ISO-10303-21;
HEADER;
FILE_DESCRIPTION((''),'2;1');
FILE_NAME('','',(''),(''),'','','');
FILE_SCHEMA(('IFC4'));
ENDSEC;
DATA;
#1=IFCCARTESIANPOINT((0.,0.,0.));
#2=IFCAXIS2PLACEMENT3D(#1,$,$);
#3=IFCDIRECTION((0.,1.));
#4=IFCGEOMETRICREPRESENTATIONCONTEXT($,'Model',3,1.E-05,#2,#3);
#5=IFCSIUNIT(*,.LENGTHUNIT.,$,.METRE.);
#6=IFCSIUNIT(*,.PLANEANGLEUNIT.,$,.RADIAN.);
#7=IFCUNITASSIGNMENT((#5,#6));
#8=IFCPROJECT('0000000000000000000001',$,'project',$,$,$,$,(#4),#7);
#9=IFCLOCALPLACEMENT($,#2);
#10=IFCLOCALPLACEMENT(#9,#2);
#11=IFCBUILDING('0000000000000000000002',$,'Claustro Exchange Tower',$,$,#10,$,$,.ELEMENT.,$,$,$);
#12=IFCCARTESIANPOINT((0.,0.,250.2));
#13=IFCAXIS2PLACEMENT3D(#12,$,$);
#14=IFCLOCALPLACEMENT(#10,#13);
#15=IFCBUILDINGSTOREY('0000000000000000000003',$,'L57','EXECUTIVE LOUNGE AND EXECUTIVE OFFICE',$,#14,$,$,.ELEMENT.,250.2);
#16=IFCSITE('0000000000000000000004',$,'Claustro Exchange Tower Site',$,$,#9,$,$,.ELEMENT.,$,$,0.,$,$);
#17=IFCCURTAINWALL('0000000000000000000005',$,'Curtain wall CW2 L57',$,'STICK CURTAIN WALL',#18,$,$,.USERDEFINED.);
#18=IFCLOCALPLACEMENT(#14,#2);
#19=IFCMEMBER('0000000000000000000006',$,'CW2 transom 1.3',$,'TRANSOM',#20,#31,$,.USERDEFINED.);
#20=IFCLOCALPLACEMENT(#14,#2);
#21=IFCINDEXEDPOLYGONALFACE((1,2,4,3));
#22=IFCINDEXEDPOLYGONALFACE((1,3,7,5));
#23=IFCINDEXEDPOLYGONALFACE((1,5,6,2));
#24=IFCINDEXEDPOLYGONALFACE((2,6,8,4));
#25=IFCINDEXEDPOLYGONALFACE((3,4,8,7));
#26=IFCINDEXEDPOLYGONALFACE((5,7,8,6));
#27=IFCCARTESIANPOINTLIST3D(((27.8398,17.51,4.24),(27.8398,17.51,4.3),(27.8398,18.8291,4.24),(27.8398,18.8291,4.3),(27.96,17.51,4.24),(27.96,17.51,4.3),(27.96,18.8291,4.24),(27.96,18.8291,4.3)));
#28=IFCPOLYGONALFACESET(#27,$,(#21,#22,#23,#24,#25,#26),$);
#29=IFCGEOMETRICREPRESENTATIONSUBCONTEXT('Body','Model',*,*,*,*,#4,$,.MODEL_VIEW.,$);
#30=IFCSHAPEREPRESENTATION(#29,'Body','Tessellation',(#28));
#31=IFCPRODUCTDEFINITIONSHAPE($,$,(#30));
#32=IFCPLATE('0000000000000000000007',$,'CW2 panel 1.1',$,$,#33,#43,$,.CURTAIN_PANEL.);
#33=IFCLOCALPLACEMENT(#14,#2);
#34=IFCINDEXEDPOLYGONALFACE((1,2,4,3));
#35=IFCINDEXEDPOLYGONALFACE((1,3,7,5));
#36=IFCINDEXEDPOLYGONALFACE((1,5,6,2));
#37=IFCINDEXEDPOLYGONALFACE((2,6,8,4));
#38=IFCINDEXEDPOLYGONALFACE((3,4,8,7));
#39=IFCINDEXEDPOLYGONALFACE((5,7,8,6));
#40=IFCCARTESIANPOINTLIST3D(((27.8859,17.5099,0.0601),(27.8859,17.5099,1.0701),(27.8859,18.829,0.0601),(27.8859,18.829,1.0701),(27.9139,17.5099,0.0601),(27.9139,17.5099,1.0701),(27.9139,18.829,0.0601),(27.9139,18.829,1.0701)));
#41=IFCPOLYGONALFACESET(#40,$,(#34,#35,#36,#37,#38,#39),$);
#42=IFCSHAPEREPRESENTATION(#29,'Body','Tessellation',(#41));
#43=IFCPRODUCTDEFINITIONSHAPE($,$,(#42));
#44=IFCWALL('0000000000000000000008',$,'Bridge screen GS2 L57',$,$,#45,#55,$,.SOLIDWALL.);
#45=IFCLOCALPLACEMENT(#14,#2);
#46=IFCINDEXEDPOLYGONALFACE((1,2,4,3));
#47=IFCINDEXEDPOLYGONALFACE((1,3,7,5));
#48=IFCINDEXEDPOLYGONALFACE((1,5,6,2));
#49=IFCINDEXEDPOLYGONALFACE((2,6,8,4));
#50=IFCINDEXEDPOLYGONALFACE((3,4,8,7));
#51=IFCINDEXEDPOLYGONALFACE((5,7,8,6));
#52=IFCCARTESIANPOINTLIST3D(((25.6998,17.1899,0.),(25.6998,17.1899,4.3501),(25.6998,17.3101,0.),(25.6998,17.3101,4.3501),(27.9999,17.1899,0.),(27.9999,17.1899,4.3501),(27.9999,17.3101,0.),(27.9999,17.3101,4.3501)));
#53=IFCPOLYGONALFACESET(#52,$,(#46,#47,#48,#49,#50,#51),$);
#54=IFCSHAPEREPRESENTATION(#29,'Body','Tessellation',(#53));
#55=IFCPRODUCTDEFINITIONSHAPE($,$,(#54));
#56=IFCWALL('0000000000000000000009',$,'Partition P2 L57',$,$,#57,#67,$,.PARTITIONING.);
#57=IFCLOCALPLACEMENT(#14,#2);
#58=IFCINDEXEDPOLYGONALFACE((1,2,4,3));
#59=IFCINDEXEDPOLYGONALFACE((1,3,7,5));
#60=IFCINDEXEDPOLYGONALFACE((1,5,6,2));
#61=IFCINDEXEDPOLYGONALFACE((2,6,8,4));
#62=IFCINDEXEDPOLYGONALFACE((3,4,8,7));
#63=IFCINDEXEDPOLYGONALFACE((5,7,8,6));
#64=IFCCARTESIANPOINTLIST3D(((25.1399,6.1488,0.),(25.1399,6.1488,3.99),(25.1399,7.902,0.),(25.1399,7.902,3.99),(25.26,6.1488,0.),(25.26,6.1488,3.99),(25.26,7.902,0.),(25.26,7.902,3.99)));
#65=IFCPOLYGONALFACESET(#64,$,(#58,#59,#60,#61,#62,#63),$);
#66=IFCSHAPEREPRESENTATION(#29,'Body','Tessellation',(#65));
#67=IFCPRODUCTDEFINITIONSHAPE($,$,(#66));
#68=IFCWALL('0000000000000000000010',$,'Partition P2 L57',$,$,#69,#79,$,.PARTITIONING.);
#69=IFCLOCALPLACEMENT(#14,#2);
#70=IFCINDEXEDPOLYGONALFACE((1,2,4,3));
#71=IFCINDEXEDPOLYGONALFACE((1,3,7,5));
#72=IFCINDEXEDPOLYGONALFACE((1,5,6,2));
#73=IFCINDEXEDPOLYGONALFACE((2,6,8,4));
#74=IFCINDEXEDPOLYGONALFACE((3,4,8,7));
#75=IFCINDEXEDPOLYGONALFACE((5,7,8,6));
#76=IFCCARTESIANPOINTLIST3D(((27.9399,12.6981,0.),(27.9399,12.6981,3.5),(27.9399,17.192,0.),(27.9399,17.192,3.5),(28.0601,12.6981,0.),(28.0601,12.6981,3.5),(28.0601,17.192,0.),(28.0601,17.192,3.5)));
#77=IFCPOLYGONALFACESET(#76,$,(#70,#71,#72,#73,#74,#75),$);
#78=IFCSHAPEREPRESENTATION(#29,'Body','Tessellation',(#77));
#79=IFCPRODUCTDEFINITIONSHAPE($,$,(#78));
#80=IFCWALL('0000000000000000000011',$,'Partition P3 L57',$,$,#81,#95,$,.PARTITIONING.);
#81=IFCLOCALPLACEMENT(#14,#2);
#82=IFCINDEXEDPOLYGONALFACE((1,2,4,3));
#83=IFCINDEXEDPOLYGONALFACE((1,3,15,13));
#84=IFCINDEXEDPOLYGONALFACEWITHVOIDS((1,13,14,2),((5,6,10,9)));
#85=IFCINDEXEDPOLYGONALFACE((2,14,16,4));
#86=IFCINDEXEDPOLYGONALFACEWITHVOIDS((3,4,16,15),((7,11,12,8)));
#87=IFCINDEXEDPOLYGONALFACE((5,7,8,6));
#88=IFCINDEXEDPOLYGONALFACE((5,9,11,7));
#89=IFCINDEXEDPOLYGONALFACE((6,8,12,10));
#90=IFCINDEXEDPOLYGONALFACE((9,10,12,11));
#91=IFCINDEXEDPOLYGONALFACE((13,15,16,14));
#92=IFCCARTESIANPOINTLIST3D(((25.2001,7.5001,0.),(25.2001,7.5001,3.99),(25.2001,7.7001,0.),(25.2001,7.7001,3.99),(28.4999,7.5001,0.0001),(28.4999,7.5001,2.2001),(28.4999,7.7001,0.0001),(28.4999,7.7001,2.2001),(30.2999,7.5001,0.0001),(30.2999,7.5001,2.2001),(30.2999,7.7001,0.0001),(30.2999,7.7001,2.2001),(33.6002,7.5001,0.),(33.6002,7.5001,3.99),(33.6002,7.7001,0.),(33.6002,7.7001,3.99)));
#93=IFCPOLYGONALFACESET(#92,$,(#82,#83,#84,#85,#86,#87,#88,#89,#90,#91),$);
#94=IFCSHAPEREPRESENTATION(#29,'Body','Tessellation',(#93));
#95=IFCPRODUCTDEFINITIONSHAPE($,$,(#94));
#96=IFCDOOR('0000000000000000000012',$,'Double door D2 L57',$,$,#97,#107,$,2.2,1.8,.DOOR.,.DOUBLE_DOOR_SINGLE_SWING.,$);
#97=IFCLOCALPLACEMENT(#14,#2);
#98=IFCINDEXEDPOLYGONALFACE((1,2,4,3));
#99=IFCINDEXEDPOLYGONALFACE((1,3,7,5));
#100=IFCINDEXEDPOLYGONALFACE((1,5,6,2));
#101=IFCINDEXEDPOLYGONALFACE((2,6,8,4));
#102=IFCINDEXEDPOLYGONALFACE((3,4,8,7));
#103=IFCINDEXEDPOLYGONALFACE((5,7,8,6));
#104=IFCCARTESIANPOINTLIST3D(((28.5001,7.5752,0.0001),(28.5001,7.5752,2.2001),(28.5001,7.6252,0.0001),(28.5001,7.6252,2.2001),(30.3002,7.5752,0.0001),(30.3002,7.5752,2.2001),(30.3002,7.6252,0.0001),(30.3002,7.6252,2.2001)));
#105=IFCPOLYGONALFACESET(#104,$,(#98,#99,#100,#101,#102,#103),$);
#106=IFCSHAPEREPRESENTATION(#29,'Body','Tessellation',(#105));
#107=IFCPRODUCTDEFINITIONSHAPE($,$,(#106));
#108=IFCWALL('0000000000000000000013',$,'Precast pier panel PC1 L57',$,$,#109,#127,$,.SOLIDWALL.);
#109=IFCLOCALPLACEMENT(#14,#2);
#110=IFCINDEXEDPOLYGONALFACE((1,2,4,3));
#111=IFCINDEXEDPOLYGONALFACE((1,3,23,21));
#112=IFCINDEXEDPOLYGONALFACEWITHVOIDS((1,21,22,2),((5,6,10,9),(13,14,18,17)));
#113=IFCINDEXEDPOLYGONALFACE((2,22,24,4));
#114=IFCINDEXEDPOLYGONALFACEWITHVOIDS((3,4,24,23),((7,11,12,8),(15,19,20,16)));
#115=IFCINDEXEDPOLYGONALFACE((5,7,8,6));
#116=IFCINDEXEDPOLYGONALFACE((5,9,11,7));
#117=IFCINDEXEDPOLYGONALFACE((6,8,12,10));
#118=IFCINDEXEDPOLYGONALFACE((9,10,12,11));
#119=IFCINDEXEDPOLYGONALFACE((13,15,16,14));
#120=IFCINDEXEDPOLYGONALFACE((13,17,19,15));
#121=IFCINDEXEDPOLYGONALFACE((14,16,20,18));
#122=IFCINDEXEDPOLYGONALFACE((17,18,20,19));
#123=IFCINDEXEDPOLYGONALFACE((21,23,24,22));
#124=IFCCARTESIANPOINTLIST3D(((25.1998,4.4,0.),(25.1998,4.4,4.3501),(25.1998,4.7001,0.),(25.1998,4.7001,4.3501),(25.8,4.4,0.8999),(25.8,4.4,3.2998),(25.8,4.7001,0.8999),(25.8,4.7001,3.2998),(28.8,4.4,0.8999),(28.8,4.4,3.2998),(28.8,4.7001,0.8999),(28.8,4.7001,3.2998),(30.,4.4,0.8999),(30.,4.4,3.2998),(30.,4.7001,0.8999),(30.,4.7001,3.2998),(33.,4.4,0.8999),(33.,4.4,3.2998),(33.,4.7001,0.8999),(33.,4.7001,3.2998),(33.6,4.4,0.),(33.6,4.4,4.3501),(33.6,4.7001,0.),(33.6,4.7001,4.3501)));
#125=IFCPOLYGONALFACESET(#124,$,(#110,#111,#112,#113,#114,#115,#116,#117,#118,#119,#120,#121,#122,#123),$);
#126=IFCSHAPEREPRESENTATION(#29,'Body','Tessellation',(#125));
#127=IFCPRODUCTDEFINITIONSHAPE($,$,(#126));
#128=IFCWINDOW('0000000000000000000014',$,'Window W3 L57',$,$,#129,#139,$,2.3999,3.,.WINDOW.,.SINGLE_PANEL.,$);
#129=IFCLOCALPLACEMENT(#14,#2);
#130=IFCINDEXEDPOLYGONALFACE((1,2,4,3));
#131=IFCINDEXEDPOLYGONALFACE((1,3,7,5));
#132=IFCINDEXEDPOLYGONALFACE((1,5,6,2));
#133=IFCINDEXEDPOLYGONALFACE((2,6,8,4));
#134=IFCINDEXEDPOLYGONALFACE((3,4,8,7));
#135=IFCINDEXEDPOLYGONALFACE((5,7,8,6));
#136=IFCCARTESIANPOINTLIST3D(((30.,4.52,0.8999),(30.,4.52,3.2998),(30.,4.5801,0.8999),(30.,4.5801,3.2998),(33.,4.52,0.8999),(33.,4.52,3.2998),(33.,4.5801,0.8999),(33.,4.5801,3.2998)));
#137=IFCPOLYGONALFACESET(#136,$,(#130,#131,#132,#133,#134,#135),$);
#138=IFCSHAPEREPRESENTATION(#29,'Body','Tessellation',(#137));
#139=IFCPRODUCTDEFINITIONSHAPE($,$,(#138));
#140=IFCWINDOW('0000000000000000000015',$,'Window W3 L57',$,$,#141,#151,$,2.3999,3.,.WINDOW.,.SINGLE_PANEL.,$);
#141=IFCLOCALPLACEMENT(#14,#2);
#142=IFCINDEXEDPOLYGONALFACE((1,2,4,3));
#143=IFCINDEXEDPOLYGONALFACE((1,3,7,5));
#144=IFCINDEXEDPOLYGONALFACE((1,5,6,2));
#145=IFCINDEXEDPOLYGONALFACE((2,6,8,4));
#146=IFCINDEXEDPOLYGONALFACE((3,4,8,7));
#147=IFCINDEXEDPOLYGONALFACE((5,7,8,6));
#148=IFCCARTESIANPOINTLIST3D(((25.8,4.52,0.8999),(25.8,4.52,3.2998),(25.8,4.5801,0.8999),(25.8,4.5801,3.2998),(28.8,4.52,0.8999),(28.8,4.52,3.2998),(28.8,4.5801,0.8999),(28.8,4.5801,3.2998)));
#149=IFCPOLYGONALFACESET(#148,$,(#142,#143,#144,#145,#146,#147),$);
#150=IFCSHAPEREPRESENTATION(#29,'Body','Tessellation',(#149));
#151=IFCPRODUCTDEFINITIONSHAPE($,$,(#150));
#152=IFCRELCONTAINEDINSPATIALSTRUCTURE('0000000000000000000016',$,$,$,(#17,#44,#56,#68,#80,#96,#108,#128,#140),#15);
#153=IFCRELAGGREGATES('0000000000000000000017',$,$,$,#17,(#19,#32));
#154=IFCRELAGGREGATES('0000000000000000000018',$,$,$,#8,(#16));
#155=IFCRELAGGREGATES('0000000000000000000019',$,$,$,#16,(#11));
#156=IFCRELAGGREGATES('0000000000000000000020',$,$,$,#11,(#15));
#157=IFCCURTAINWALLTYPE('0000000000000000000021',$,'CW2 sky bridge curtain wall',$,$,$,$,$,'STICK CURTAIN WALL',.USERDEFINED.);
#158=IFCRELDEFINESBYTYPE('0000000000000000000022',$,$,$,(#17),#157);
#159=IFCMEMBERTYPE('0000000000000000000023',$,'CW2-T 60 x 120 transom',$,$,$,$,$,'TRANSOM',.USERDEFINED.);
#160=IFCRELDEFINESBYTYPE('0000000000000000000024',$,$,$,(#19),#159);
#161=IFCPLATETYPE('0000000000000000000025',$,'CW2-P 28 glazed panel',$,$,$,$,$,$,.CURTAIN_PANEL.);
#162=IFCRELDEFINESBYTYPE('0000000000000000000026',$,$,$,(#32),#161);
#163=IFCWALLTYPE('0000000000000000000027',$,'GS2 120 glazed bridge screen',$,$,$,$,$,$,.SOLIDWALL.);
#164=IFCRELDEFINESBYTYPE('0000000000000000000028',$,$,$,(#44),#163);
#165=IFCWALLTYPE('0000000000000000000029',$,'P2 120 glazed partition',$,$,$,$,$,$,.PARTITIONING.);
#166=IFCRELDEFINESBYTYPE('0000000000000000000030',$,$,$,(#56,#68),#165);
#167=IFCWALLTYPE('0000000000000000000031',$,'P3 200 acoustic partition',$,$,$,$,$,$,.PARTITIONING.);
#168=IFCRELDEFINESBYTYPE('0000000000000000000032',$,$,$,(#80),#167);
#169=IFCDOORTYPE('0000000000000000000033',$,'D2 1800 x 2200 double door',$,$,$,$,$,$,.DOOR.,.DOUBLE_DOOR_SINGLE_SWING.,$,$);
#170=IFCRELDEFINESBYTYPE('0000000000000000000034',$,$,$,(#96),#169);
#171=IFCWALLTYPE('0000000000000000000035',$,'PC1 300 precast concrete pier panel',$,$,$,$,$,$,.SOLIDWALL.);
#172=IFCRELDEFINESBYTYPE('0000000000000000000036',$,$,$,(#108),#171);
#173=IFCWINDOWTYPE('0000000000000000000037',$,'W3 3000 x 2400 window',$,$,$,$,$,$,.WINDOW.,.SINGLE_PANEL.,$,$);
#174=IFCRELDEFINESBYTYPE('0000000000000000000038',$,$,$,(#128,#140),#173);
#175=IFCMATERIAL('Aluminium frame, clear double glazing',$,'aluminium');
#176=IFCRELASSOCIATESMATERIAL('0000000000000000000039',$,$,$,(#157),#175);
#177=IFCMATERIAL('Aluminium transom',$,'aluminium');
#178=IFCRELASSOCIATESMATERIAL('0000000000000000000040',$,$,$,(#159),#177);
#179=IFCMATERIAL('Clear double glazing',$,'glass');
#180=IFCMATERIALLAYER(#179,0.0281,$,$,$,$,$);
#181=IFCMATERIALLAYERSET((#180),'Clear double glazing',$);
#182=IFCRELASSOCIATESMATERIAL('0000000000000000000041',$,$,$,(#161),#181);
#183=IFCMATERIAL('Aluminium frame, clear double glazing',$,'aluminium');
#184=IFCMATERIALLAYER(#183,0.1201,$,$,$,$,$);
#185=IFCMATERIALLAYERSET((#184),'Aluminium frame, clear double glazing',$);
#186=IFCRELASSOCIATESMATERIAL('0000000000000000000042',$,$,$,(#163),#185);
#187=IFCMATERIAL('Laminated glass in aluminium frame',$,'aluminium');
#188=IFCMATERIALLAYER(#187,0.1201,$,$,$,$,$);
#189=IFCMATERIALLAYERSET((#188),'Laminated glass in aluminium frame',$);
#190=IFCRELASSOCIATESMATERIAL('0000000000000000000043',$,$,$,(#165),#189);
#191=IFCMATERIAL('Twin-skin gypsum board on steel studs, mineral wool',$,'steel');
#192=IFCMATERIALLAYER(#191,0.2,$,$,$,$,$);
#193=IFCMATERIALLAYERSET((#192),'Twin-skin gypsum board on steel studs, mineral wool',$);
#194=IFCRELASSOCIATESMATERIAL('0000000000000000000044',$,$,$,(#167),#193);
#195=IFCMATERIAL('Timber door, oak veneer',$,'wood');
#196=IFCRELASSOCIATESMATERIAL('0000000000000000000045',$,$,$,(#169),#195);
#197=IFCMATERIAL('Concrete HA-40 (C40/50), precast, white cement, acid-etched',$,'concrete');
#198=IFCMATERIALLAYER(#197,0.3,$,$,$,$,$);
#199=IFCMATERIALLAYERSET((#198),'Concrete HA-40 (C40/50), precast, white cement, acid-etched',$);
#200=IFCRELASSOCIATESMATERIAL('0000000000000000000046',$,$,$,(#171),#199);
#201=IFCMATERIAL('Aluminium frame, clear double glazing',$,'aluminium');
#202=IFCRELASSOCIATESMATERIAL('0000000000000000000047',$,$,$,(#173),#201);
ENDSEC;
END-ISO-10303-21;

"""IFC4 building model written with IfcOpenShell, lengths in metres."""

from ifc_helpers import new_model, si_unit, direction, frame, frame_2d, origin, origin_2d, place, context, subcontext, project, spatial, rectangle, extrude, material, layer, layer_set, material_profile, profile_set, type_object, element, fill, aggregate, save


model = new_model("IFC4")

# Units and contexts
model_context = context("Model", 3, precision=1e-05, world=origin(), true_north=direction((0.0, 1.0)))
body_context = subcontext(model_context, "Body", "Model", "MODEL_VIEW")
ifc_project = project(units=[si_unit("LENGTHUNIT", "METRE"), si_unit("PLANEANGLEUNIT", "RADIAN")], contexts=[model_context])

# Site, building, storey
site_placement = place(None, origin())
site = spatial("IfcSite", under=ifc_project, at=site_placement, Name="Claustro Exchange Tower Site", CompositionType="ELEMENT", RefElevation=0.0)
building_placement = place(site_placement, origin())
building = spatial("IfcBuilding", under=site, at=building_placement, Name="Claustro Exchange Tower", CompositionType="ELEMENT")
storey_placement = place(building_placement, frame((0.0, 0.0, 250.2)))
storey = spatial("IfcBuildingStorey", under=building, at=storey_placement, Name="L57", Description="EXECUTIVE LOUNGE AND EXECUTIVE OFFICE", CompositionType="ELEMENT", Elevation=250.2)

# Curtain wall, member, plate
ifc_material_1 = material(Name="Aluminium frame, clear double glazing", Category="aluminium")
curtain_wall_type = type_object("IfcCurtainWallType", Name="CW2 sky bridge curtain wall", ElementType="STICK CURTAIN WALL", PredefinedType="USERDEFINED", material=ifc_material_1)
curtain_wall_placement = place(storey_placement, origin())
curtain_wall = element("IfcCurtainWall", 1, at=curtain_wall_placement, inside=storey, type_object=curtain_wall_type, Name="Curtain wall CW2 L57", ObjectType="STICK CURTAIN WALL", PredefinedType="USERDEFINED")
ifc_material_2 = material(Name="Aluminium transom", Category="aluminium")
ifc_material_profile_1 = material_profile(ifc_material_2, rectangle(XDim=0.1201, YDim=0.0601, at=origin_2d()), Name="CW2-T 60x120")
ifc_profile_set_1 = profile_set([ifc_material_profile_1], Name="Aluminium transom")
member_type_1 = type_object("IfcMemberType", Name="CW2-T 60 x 120 transom", ElementType="TRANSOM", PredefinedType="USERDEFINED", material=ifc_profile_set_1)
member_1_placement = place(storey_placement, frame((27.8999, 17.51, 4.27), z_axis=(0.0, 1.0, 0.0), x_axis=(-1.0, 0.0, 0.0)))
member_1 = element("IfcMember", 2, at=member_1_placement, type_object=member_type_1, Name="CW2 transom 1.3", ObjectType="TRANSOM", PredefinedType="USERDEFINED", context=body_context, shape_type="SweptSolid", body=[
    extrude(rectangle(XDim=0.1201, YDim=0.0601, at=origin_2d()), origin(), (0.0, 0.0, 1.0), 1.3191),
])
ifc_material_3 = material(Name="Clear double glazing", Category="glass")
ifc_layer_1 = layer(ifc_material_3, 0.0281)
ifc_layer_set_1 = layer_set([ifc_layer_1], Name="Clear double glazing")
plate_type = type_object("IfcPlateType", Name="CW2-P 28 glazed panel", PredefinedType="CURTAIN_PANEL", material=ifc_layer_set_1)
plate_placement = place(storey_placement, frame((27.8999, 18.1694, 0.0601), z_axis=(0.0, 0.0, 1.0), x_axis=(0.0, 1.0, 0.0)))
plate = element("IfcPlate", 3, at=plate_placement, type_object=plate_type, Name="CW2 panel 1.1", PredefinedType="CURTAIN_PANEL", context=body_context, shape_type="SweptSolid", body=[
    extrude(rectangle(XDim=1.3191, YDim=0.0281, at=origin_2d()), origin(), (0.0, 0.0, 1.0), 1.01),
])
aggregate(curtain_wall, [member_1, plate])

# Walls
ifc_material_4 = material(Name="Aluminium frame, clear double glazing", Category="aluminium")
ifc_layer_2 = layer(ifc_material_4, 0.1201)
ifc_layer_set_2 = layer_set([ifc_layer_2], Name="Aluminium frame, clear double glazing")
wall_type_1 = type_object("IfcWallType", Name="GS2 120 glazed bridge screen", PredefinedType="SOLIDWALL", material=ifc_layer_set_2)
wall_1_placement = place(storey_placement, frame((25.7, 17.25, 0.0), z_axis=(0.0, 0.0, 1.0), x_axis=(1.0, 0.0, 0.0)))
element("IfcWall", 4, at=wall_1_placement, inside=storey, type_object=wall_type_1, Name="Bridge screen GS2 L57", PredefinedType="SOLIDWALL", context=body_context, shape_type="SweptSolid", body=[
    extrude(rectangle(XDim=2.3, YDim=0.1201, at=frame_2d((1.1499, 0.0))), origin(), (0.0, 0.0, 1.0), 4.3501),
])
ifc_material_5 = material(Name="Laminated glass in aluminium frame", Category="aluminium")
ifc_layer_3 = layer(ifc_material_5, 0.1201)
ifc_layer_set_3 = layer_set([ifc_layer_3], Name="Laminated glass in aluminium frame")
wall_type_2 = type_object("IfcWallType", Name="P2 120 glazed partition", PredefinedType="PARTITIONING", material=ifc_layer_set_3)
wall_2_placement = place(storey_placement, frame((25.2, 6.1489, 0.0), z_axis=(0.0, 0.0, 1.0), x_axis=(0.0, 1.0, 0.0)))
element("IfcWall", 5, at=wall_2_placement, inside=storey, type_object=wall_type_2, Name="Partition P2 L57", PredefinedType="PARTITIONING", context=body_context, shape_type="SweptSolid", body=[
    extrude(rectangle(XDim=1.7532, YDim=0.1201, at=frame_2d((0.8765, 0.0))), origin(), (0.0, 0.0, 1.0), 3.99),
])
wall_3_placement = place(storey_placement, frame((28.0, 12.698, 0.0), z_axis=(0.0, 0.0, 1.0), x_axis=(0.0, 1.0, 0.0)))
element("IfcWall", 6, at=wall_3_placement, inside=storey, type_object=wall_type_2, Name="Partition P2 L57", PredefinedType="PARTITIONING", context=body_context, shape_type="SweptSolid", body=[
    extrude(rectangle(XDim=4.4939, YDim=0.1201, at=frame_2d((2.2471, 0.0))), origin(), (0.0, 0.0, 1.0), 3.5),
])

# Wall, opening, door
ifc_material_6 = material(Name="Twin-skin gypsum board on steel studs, mineral wool", Category="steel")
ifc_layer_4 = layer(ifc_material_6, 0.2)
ifc_layer_set_4 = layer_set([ifc_layer_4], Name="Twin-skin gypsum board on steel studs, mineral wool")
wall_type_3 = type_object("IfcWallType", Name="P3 200 acoustic partition", PredefinedType="PARTITIONING", material=ifc_layer_set_4)
wall_4_placement = place(storey_placement, frame((25.2, 7.6001, 0.0), z_axis=(0.0, 0.0, 1.0), x_axis=(1.0, 0.0, 0.0)))
wall_4 = element("IfcWall", 7, at=wall_4_placement, inside=storey, type_object=wall_type_3, Name="Partition P3 L57", PredefinedType="PARTITIONING", context=body_context, shape_type="SweptSolid", body=[
    extrude(rectangle(XDim=8.4001, YDim=0.2, at=frame_2d((4.2002, 0.0))), origin(), (0.0, 0.0, 1.0), 3.99),
])
opening_1_placement = place(wall_4_placement, frame((3.3, 0.0, 0.0)))
opening_1 = element("IfcOpeningElement", 8, at=opening_1_placement, cuts=wall_4, PredefinedType="OPENING", context=body_context, shape_type="SweptSolid", body=[
    extrude(rectangle(XDim=1.8, YDim=2.2, at=frame_2d((0.8999, 1.1001))), frame((0.0, 0.1099, 0.0), z_axis=(0.0, -1.0, 0.0), x_axis=(1.0, 0.0, 0.0)), (0.0, 0.0, 1.0), 0.22),
])
ifc_material_7 = material(Name="Timber door, oak veneer", Category="wood")
door_type = type_object("IfcDoorType", Name="D2 1800 x 2200 double door", OperationType="DOUBLE_DOOR_SINGLE_SWING", PredefinedType="DOOR", material=ifc_material_7)
door_placement = place(opening_1_placement, frame((1.8, 0.0, 0.0), z_axis=(0.0, 0.0, 1.0), x_axis=(-1.0, 0.0, 0.0)))
door = element("IfcDoor", 9, at=door_placement, inside=storey, type_object=door_type, Name="Double door D2 L57", OperationType="DOUBLE_DOOR_SINGLE_SWING", OverallHeight=2.2, OverallWidth=1.8, PredefinedType="DOOR", context=body_context, shape_type="SweptSolid", body=[
    extrude(rectangle(XDim=1.8, YDim=2.2, at=frame_2d((0.8999, 1.1001))), frame((0.0, 0.0249, 0.0), z_axis=(0.0, -1.0, 0.0), x_axis=(1.0, 0.0, 0.0)), (0.0, 0.0, 1.0), 0.05),
])
fill(opening_1, door)

# Wall, openings, windows
ifc_material_8 = material(Name="Concrete HA-40 (C40/50), precast, white cement, acid-etched", Category="concrete")
ifc_layer_5 = layer(ifc_material_8, 0.3)
ifc_layer_set_5 = layer_set([ifc_layer_5], Name="Concrete HA-40 (C40/50), precast, white cement, acid-etched")
wall_type_4 = type_object("IfcWallType", Name="PC1 300 precast concrete pier panel", PredefinedType="SOLIDWALL", material=ifc_layer_set_5)
wall_5_placement = place(storey_placement, frame((33.6001, 4.55, 0.0), z_axis=(0.0, 0.0, 1.0), x_axis=(-1.0, 0.0, 0.0)))
wall_5 = element("IfcWall", 10, at=wall_5_placement, inside=storey, type_object=wall_type_4, Name="Precast pier panel PC1 L57", PredefinedType="SOLIDWALL", context=body_context, shape_type="SweptSolid", body=[
    extrude(rectangle(XDim=8.4001, YDim=0.3, at=frame_2d((4.2002, 0.0))), origin(), (0.0, 0.0, 1.0), 4.3501),
])
opening_2_placement = place(wall_5_placement, frame((0.6001, 0.0, 0.8999)))
opening_2 = element("IfcOpeningElement", 11, at=opening_2_placement, cuts=wall_5, PredefinedType="OPENING", context=body_context, shape_type="SweptSolid", body=[
    extrude(rectangle(XDim=3.0, YDim=2.3999, at=frame_2d((1.5, 1.2))), frame((0.0, 0.1599, 0.0), z_axis=(0.0, -1.0, 0.0), x_axis=(1.0, 0.0, 0.0)), (0.0, 0.0, 1.0), 0.3201),
])
opening_3_placement = place(wall_5_placement, frame((4.8, 0.0, 0.8999)))
opening_3 = element("IfcOpeningElement", 12, at=opening_3_placement, cuts=wall_5, PredefinedType="OPENING", context=body_context, shape_type="SweptSolid", body=[
    extrude(rectangle(XDim=3.0, YDim=2.3999, at=frame_2d((1.5, 1.2))), frame((0.0, 0.1599, 0.0), z_axis=(0.0, -1.0, 0.0), x_axis=(1.0, 0.0, 0.0)), (0.0, 0.0, 1.0), 0.3201),
])
ifc_material_9 = material(Name="Aluminium frame, clear double glazing", Category="aluminium")
window_type_1 = type_object("IfcWindowType", Name="W3 3000 x 2400 window", PartitioningType="SINGLE_PANEL", PredefinedType="WINDOW", material=ifc_material_9)
window_1_placement = place(opening_2_placement, origin())
window_1 = element("IfcWindow", 13, at=window_1_placement, inside=storey, type_object=window_type_1, Name="Window W3 L57", OverallHeight=2.3999, OverallWidth=3.0, PartitioningType="SINGLE_PANEL", PredefinedType="WINDOW", context=body_context, shape_type="SweptSolid", body=[
    extrude(rectangle(XDim=3.0, YDim=2.3999, at=frame_2d((1.5, 1.2))), frame((0.0, 0.03, 0.0), z_axis=(0.0, -1.0, 0.0), x_axis=(1.0, 0.0, 0.0)), (0.0, 0.0, 1.0), 0.0601),
])
fill(opening_2, window_1)
window_2_placement = place(opening_3_placement, origin())
window_2 = element("IfcWindow", 14, at=window_2_placement, inside=storey, type_object=window_type_1, Name="Window W3 L57", OverallHeight=2.3999, OverallWidth=3.0, PartitioningType="SINGLE_PANEL", PredefinedType="WINDOW", context=body_context, shape_type="SweptSolid", body=[
    extrude(rectangle(XDim=3.0, YDim=2.3999, at=frame_2d((1.5, 1.2))), frame((0.0, 0.03, 0.0), z_axis=(0.0, -1.0, 0.0), x_axis=(1.0, 0.0, 0.0)), (0.0, 0.0, 1.0), 0.0601),
])
fill(opening_3, window_2)

save(model, "model.ifc")
